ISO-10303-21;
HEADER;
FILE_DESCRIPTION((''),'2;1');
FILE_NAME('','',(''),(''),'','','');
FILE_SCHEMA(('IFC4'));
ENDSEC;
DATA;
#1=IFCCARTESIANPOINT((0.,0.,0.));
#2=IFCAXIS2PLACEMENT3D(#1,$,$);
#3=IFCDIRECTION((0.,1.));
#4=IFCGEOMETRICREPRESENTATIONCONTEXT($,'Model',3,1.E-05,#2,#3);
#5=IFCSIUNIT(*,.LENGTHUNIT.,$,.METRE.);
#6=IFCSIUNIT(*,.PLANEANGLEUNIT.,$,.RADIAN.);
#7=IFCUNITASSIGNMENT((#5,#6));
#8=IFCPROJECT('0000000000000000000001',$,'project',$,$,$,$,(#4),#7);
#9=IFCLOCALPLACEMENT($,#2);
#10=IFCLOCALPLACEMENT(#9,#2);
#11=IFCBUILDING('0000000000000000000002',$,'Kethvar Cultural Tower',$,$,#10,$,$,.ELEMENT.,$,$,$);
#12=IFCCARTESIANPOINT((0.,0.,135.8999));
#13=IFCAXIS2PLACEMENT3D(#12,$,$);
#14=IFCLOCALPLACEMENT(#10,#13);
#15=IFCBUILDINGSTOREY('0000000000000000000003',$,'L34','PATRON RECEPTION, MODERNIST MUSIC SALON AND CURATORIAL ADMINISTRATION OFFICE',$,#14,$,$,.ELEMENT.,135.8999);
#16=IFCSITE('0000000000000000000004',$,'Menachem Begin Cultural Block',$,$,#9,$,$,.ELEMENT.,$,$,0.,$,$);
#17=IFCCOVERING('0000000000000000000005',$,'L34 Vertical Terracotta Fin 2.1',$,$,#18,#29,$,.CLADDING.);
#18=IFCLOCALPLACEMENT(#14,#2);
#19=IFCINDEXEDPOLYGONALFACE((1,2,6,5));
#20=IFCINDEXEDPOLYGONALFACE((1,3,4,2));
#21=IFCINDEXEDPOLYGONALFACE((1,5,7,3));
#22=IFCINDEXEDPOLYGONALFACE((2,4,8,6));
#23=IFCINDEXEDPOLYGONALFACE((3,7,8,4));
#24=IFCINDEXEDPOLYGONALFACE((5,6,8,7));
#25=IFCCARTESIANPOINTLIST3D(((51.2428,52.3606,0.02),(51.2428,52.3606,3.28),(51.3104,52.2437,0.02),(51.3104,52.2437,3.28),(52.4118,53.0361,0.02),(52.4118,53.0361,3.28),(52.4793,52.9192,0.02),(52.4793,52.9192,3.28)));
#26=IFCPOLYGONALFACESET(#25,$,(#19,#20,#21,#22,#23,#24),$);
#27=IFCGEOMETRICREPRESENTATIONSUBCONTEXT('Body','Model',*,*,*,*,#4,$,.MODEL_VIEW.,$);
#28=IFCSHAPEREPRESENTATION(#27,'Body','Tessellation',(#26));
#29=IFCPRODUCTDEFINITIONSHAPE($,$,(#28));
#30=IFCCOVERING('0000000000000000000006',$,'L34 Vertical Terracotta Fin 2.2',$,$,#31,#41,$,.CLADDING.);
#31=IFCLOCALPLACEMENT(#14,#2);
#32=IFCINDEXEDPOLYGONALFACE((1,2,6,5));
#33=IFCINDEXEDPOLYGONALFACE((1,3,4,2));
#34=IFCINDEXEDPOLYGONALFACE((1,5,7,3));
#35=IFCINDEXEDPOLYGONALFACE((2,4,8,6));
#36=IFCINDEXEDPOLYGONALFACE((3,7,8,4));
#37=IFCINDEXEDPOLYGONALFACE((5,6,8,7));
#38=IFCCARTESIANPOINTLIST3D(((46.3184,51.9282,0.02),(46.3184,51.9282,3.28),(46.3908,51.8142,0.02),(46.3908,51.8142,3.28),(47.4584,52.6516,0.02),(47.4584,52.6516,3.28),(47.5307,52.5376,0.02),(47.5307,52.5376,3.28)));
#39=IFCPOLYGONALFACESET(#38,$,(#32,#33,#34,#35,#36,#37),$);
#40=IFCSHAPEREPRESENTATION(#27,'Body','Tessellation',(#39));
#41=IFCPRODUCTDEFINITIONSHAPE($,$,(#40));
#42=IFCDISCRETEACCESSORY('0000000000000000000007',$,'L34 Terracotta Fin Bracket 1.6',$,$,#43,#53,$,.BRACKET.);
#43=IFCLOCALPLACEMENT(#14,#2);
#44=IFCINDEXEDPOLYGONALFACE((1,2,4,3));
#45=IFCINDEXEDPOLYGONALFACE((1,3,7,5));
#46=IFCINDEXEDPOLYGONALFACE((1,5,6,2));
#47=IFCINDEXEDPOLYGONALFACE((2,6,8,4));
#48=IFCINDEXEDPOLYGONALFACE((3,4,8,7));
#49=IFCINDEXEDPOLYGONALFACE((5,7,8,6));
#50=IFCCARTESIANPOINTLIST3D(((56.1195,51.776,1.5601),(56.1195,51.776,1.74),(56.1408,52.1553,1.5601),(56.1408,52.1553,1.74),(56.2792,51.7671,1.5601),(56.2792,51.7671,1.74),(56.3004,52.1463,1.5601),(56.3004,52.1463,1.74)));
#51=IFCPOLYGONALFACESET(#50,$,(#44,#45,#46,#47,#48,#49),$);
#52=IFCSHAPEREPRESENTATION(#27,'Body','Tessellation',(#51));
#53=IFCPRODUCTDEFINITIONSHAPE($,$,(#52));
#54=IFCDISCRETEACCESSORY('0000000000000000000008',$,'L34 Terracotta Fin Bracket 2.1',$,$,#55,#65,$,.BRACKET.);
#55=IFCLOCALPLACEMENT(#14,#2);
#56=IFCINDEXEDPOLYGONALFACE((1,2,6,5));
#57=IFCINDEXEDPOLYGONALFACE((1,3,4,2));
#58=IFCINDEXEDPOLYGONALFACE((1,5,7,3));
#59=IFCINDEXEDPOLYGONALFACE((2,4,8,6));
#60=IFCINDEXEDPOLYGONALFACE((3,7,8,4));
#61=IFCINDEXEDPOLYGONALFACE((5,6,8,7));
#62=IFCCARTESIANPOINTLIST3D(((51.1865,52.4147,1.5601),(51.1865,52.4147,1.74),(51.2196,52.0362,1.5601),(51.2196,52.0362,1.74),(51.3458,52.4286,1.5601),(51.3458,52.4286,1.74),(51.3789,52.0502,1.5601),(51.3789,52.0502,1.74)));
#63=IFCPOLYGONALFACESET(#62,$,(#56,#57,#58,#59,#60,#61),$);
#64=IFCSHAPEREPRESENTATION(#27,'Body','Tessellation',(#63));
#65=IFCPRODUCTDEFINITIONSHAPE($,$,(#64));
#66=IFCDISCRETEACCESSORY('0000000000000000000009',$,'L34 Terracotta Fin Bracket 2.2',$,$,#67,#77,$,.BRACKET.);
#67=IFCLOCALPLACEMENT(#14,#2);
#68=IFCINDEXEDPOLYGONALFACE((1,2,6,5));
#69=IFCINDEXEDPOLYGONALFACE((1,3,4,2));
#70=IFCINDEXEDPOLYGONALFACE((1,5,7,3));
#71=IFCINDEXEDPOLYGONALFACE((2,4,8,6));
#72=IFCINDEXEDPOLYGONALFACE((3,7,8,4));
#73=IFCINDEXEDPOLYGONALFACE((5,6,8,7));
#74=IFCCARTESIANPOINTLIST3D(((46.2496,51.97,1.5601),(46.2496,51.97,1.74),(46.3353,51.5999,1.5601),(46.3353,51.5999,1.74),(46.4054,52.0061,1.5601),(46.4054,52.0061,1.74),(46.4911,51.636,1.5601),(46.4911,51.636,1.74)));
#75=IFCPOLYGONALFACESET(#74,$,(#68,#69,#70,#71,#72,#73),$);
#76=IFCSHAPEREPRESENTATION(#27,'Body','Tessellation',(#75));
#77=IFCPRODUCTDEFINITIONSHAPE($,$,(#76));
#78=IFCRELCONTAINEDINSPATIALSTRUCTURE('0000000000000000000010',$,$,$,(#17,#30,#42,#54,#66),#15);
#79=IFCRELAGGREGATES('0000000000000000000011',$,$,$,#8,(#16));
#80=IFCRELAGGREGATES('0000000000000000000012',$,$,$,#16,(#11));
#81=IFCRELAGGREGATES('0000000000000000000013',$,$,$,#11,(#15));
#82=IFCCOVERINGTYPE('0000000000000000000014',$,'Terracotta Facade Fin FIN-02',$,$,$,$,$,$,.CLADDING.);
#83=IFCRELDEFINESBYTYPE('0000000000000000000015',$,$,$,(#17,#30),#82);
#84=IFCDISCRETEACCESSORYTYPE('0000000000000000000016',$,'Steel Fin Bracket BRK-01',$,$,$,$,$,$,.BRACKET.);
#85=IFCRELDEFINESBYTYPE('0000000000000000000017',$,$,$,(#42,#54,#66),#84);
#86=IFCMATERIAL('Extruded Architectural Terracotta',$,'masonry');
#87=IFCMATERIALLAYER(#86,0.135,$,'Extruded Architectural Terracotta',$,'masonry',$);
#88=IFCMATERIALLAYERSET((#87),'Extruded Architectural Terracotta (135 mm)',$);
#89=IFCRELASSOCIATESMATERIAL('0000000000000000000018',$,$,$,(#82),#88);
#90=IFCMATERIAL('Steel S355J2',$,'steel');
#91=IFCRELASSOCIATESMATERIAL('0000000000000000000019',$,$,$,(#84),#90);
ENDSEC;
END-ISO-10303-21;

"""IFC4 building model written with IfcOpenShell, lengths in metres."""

from ifc_helpers import new_model, si_unit, direction, frame, origin, origin_2d, place, context, subcontext, project, spatial, rectangle, extrude, source, transform, mapped, material, layer, layer_set, type_object, element, save


model = new_model("IFC4")

# Units and contexts
model_context = context("Model", 3, precision=1e-05, world=origin(), true_north=direction((0.0, 1.0)))
body_context = subcontext(model_context, "Body", "Model", "MODEL_VIEW")
ifc_project = project(units=[si_unit("LENGTHUNIT", "METRE"), si_unit("PLANEANGLEUNIT", "RADIAN")], contexts=[model_context])

# Site, building, storey
site_placement = place(None, origin())
site = spatial("IfcSite", under=ifc_project, at=site_placement, Name="Menachem Begin Cultural Block", CompositionType="ELEMENT", RefElevation=0.0)
building_placement = place(site_placement, origin())
building = spatial("IfcBuilding", under=site, at=building_placement, Name="Kethvar Cultural Tower", CompositionType="ELEMENT")
storey_placement = place(building_placement, frame((0.0, 0.0, 135.8999)))
storey = spatial("IfcBuildingStorey", under=building, at=storey_placement, Name="L34", Description="PATRON RECEPTION, MODERNIST MUSIC SALON AND CURATORIAL ADMINISTRATION OFFICE", CompositionType="ELEMENT", Elevation=135.8999)

# Shared definitions
ifc_material_1 = material(Name="Steel S355J2", Category="steel")

# Coverings
ifc_material_2 = material(Name="Extruded Architectural Terracotta", Category="masonry")
ifc_layer_1 = layer(ifc_material_2, 0.135, Name="Extruded Architectural Terracotta", Category="masonry")
ifc_layer_set_1 = layer_set([ifc_layer_1], Name="Extruded Architectural Terracotta (135 mm)")
covering_type = type_object("IfcCoveringType", Name="Terracotta Facade Fin FIN-02", PredefinedType="CLADDING", material=ifc_layer_set_1)
shared_shape_1 = source(origin(), body_context, "Body", "SweptSolid", [
    extrude(rectangle(XDim=1.3501, YDim=0.135, at=origin_2d()), origin(), (0.0, 0.0, 1.0), 3.26),
])
for number, where, z_axis, x_axis, name in (
    (1, (51.8611, 52.6399, 0.02), (0.0, 0.0, 1.0), (0.865851, 0.500302, 0.0), "L34 Vertical Terracotta Fin 2.1"),
    (2, (46.9246, 52.2329, 0.02), (0.0, 0.0, 1.0), (0.844328, 0.535827, 0.0), "L34 Vertical Terracotta Fin 2.2"),
):
    element("IfcCovering", number, at=place(storey_placement, frame(where, z_axis=z_axis, x_axis=x_axis)), inside=storey, type_object=covering_type, Name=name, PredefinedType="CLADDING", context=body_context, shape_type="MappedRepresentation", body=[
        mapped(shared_shape_1, transform((0.0, 0.0, 0.0), scale=1.0)),
    ])

# Discrete accessories
discrete_accessory_type = type_object("IfcDiscreteAccessoryType", Name="Steel Fin Bracket BRK-01", PredefinedType="BRACKET", material=ifc_material_1)
shared_shape_2 = source(origin(), body_context, "Body", "SweptSolid", [
    extrude(rectangle(XDim=0.3799, YDim=0.1599, at=origin_2d()), origin(), (0.0, 0.0, 1.0), 0.1799),
])
for number, where, z_axis, x_axis, name in (
    (3, (56.21, 51.9612, 1.5601), (0.0, 0.0, 1.0), (0.055996, 0.998431, 0.0), "L34 Terracotta Fin Bracket 1.6"),
    (4, (51.2827, 52.2324, 1.5601), (0.0, 0.0, 1.0), (-0.086982, 0.99621, 0.0), "L34 Terracotta Fin Bracket 2.1"),
    (5, (46.3704, 51.803, 1.5601), (0.0, 0.0, 1.0), (-0.225461, 0.974252, 0.0), "L34 Terracotta Fin Bracket 2.2"),
):
    element("IfcDiscreteAccessory", number, at=place(storey_placement, frame(where, z_axis=z_axis, x_axis=x_axis)), inside=storey, type_object=discrete_accessory_type, Name=name, PredefinedType="BRACKET", context=body_context, shape_type="MappedRepresentation", body=[
        mapped(shared_shape_2, transform((0.0, 0.0, 0.0), scale=1.0)),
    ])

save(model, "model.ifc")
